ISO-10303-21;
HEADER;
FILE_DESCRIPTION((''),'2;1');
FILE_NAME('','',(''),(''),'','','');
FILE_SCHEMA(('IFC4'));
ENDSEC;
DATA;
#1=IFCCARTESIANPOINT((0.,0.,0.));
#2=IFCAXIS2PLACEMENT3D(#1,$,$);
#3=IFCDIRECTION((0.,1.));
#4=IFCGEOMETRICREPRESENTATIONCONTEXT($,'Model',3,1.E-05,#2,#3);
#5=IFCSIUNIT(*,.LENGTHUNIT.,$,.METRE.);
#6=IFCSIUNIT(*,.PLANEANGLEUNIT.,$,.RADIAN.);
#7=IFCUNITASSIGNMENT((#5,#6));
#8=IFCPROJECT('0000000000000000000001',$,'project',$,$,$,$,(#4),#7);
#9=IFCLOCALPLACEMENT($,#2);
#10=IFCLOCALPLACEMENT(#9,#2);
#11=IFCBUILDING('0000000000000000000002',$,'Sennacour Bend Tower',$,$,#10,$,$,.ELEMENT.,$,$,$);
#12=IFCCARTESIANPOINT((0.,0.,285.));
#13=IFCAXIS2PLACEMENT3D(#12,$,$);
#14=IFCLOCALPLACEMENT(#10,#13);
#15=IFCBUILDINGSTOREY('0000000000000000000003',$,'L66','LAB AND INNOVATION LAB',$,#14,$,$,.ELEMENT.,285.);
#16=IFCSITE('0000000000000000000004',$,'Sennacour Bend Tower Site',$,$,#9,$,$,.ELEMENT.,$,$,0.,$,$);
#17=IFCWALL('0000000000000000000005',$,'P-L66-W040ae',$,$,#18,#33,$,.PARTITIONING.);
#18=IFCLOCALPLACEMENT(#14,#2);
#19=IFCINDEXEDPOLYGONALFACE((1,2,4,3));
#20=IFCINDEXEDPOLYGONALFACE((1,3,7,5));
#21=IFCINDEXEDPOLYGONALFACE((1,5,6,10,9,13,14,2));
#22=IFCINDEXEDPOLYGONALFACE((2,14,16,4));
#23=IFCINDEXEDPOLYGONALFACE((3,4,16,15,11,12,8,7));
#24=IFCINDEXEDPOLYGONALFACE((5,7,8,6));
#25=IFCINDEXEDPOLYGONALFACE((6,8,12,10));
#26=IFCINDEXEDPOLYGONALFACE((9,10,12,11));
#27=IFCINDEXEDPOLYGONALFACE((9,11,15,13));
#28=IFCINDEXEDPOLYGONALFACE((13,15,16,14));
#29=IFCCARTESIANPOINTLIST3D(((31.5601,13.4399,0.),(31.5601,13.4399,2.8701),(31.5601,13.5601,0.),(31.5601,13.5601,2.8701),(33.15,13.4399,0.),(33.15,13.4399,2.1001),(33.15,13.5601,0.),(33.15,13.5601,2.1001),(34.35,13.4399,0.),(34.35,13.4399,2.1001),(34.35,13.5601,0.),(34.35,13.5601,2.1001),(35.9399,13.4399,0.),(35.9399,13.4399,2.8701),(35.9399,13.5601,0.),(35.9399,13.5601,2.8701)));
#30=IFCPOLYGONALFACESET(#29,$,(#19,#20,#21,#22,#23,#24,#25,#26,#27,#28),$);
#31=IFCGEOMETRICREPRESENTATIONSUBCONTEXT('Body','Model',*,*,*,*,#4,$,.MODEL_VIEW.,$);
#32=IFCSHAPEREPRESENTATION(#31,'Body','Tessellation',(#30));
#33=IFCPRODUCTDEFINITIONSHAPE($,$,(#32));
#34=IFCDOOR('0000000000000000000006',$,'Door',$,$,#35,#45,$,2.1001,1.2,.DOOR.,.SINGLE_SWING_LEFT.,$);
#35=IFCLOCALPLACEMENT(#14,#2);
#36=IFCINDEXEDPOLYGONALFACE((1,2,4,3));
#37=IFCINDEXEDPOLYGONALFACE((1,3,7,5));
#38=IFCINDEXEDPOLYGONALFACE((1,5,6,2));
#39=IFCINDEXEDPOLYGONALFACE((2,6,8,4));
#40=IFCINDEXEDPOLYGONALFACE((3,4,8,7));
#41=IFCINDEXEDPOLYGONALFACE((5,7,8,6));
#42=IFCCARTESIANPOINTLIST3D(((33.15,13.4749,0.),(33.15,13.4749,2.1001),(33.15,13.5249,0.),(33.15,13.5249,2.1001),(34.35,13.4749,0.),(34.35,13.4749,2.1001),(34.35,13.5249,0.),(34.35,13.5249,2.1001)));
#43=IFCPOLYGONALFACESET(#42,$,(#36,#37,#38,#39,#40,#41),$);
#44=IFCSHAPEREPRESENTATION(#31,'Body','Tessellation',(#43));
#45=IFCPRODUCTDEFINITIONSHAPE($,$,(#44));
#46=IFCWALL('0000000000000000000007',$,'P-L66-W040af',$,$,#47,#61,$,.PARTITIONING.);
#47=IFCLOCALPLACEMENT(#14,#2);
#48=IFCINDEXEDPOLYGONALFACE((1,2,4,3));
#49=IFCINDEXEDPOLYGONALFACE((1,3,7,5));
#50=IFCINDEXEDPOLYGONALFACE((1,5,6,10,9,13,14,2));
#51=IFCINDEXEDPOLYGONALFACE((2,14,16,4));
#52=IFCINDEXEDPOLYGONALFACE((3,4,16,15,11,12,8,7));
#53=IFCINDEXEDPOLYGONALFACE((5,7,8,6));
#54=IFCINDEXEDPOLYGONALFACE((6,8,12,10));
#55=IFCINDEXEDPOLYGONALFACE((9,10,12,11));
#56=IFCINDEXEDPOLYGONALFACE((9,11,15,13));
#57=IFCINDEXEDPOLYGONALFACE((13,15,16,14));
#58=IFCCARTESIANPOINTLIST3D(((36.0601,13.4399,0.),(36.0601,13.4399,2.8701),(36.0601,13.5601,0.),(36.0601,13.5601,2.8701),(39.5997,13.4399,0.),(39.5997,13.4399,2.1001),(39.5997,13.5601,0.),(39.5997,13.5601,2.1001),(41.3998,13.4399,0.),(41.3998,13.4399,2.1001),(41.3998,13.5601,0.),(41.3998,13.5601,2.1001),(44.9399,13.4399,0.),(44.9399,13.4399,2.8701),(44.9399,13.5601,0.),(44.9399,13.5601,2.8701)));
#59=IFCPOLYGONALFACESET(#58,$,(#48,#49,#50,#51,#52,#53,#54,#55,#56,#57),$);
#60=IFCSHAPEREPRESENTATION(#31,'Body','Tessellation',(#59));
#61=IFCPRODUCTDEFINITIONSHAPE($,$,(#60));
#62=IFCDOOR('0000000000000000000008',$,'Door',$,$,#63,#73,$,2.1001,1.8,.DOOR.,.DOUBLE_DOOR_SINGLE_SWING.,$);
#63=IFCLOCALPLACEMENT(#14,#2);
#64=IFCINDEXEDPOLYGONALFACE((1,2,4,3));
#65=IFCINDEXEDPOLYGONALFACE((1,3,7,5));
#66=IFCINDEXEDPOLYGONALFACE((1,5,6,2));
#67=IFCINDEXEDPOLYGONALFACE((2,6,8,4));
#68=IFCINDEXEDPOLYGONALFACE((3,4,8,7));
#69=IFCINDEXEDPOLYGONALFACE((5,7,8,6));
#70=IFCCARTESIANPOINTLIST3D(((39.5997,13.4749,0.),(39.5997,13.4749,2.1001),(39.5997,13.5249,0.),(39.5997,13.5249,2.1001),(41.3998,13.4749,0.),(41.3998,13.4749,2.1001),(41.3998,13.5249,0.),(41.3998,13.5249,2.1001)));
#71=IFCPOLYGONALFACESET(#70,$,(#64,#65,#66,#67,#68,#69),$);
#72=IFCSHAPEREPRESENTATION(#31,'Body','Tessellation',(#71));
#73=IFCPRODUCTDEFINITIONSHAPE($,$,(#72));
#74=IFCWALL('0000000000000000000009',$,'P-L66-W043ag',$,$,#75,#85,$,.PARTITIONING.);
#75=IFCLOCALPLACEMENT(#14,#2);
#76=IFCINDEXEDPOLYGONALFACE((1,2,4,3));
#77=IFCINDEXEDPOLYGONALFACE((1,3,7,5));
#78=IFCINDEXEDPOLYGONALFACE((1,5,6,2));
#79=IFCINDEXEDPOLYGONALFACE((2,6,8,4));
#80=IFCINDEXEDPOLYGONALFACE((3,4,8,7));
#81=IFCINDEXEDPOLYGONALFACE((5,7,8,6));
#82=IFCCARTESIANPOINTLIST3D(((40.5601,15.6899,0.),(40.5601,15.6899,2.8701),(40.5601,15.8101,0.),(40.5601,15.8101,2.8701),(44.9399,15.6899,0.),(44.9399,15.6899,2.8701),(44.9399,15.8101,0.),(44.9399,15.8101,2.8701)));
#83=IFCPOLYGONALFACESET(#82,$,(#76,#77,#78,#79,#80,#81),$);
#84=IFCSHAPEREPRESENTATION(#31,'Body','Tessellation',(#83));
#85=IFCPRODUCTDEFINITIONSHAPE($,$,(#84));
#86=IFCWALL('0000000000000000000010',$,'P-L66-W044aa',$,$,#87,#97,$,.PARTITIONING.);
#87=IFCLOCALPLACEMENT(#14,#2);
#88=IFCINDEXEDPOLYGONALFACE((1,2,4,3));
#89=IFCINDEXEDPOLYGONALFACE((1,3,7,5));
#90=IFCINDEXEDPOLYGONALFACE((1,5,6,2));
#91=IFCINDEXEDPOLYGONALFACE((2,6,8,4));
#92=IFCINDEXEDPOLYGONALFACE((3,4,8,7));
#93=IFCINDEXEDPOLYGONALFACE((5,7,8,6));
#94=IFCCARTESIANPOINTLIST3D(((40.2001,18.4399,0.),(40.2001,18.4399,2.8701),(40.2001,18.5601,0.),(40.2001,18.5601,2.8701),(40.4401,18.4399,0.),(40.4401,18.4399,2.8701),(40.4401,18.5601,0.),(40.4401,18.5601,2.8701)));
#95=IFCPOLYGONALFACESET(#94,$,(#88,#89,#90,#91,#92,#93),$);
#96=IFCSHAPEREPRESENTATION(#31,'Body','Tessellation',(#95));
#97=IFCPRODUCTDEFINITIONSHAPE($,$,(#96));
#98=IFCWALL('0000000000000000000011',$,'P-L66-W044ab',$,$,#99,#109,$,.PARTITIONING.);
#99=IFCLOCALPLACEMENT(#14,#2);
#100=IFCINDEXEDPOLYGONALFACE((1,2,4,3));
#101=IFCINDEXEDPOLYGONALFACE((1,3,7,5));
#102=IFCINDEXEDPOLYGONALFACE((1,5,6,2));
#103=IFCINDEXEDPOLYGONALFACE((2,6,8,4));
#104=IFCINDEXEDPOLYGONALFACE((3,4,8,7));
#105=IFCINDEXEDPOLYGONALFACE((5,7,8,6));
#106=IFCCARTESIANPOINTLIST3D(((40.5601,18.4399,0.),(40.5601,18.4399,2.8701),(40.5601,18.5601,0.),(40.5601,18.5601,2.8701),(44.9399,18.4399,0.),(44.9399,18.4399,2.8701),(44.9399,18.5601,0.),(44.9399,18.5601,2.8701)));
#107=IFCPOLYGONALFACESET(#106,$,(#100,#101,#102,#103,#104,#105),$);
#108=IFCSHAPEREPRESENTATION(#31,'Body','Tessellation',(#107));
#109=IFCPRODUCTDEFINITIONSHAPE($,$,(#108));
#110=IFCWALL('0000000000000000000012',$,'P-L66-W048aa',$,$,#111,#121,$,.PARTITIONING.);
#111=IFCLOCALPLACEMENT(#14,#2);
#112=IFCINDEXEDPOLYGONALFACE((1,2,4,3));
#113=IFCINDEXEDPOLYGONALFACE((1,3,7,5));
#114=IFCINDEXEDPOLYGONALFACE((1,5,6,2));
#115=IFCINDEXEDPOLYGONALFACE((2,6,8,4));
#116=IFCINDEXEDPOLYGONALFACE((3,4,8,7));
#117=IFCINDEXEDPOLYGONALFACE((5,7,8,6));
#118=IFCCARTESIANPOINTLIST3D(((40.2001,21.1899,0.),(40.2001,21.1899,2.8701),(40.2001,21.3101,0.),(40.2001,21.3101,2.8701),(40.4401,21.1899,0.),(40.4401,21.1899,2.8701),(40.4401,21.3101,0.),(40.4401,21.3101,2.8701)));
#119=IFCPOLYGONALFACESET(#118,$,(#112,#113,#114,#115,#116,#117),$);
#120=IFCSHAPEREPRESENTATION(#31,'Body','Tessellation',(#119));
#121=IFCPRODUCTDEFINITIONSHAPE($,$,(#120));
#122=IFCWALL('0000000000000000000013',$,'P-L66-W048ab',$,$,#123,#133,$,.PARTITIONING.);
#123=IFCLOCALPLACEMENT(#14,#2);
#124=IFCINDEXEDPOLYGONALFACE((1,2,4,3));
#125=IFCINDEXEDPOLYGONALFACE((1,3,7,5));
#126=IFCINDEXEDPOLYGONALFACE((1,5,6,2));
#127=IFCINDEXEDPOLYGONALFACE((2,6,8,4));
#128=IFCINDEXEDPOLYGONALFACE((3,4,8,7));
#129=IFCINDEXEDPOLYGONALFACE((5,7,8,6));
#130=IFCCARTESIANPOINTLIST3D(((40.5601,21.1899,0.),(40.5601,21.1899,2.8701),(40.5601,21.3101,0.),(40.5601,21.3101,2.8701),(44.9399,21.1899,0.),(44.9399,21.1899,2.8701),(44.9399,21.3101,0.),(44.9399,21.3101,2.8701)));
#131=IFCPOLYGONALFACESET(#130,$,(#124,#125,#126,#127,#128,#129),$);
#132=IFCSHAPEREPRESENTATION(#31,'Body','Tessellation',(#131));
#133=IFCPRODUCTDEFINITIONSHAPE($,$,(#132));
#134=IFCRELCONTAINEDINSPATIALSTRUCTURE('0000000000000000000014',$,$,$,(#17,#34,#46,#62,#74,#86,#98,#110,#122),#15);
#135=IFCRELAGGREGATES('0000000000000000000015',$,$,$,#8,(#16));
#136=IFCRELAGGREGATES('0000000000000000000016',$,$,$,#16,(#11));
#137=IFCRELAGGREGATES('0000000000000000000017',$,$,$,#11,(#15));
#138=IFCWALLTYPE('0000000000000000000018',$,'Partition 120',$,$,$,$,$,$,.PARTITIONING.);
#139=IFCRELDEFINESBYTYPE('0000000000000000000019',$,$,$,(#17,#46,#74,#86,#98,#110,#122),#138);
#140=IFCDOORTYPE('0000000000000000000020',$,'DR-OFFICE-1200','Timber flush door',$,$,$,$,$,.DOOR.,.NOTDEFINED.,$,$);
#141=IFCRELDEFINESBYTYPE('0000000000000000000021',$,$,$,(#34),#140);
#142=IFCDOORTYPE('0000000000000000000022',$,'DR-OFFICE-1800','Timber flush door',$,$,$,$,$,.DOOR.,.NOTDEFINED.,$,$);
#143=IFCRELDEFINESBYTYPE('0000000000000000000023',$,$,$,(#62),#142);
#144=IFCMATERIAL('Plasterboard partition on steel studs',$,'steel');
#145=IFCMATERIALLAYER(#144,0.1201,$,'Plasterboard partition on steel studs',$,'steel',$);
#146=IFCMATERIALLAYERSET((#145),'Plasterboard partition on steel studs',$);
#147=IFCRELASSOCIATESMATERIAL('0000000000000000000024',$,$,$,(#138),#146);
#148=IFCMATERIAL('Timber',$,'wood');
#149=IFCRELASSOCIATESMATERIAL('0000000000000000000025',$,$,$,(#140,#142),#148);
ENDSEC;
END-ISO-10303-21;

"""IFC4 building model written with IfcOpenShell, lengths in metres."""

from ifc_helpers import new_model, si_unit, direction, frame, frame_2d, origin, place, context, subcontext, project, spatial, rectangle, extrude, material, layer, layer_set, type_object, element, fill, save


model = new_model("IFC4")

# Units and contexts
model_context = context("Model", 3, precision=1e-05, world=origin(), true_north=direction((0.0, 1.0)))
body_context = subcontext(model_context, "Body", "Model", "MODEL_VIEW")
ifc_project = project(units=[si_unit("LENGTHUNIT", "METRE"), si_unit("PLANEANGLEUNIT", "RADIAN")], contexts=[model_context])

# Site, building, storey
site_placement = place(None, origin())
site = spatial("IfcSite", under=ifc_project, at=site_placement, Name="Sennacour Bend Tower Site", CompositionType="ELEMENT", RefElevation=0.0)
building_placement = place(site_placement, origin())
building = spatial("IfcBuilding", under=site, at=building_placement, Name="Sennacour Bend Tower", CompositionType="ELEMENT")
storey_placement = place(building_placement, frame((0.0, 0.0, 285.0)))
storey = spatial("IfcBuildingStorey", under=building, at=storey_placement, Name="L66", Description="LAB AND INNOVATION LAB", CompositionType="ELEMENT", Elevation=285.0)

# Shared definitions
ifc_material_1 = material(Name="Plasterboard partition on steel studs", Category="steel")
ifc_layer_1 = layer(ifc_material_1, 0.1201, Name="Plasterboard partition on steel studs", Category="steel")
ifc_layer_set_1 = layer_set([ifc_layer_1], Name="Plasterboard partition on steel studs")
wall_type_1 = type_object("IfcWallType", Name="Partition 120", PredefinedType="PARTITIONING", material=ifc_layer_set_1)

# Walls, openings, doors
wall_1_placement = place(storey_placement, frame((31.5601, 13.5, 0.0), z_axis=(0.0, 0.0, 1.0), x_axis=(1.0, 0.0, 0.0)))
wall_1 = element("IfcWall", 1, at=wall_1_placement, inside=storey, type_object=wall_type_1, Name="P-L66-W040ae", PredefinedType="PARTITIONING", context=body_context, shape_type="SweptSolid", body=[
    extrude(rectangle(XDim=4.3799, YDim=0.1201, at=frame_2d((2.1899, 0.0))), origin(), (0.0, 0.0, 1.0), 2.8701),
])
opening_1_placement = place(wall_1_placement, frame((1.5898, 0.0, 0.0)))
opening_1 = element("IfcOpeningElement", 2, at=opening_1_placement, cuts=wall_1, PredefinedType="OPENING", context=body_context, shape_type="SweptSolid", body=[
    extrude(rectangle(XDim=1.2, YDim=2.1001, at=frame_2d((0.6001, 1.05))), frame((0.0, 0.0701, 0.0), z_axis=(0.0, -1.0, 0.0), x_axis=(1.0, 0.0, 0.0)), (0.0, 0.0, 1.0), 0.1401),
])
ifc_material_2 = material(Name="Timber", Category="wood")
door_type_1 = type_object("IfcDoorType", Name="DR-OFFICE-1200", Description="Timber flush door", OperationType="NOTDEFINED", PredefinedType="DOOR", material=ifc_material_2)
door_1_placement = place(opening_1_placement, origin())
door_1 = element("IfcDoor", 3, at=door_1_placement, inside=storey, type_object=door_type_1, Name="Door", OperationType="SINGLE_SWING_LEFT", OverallHeight=2.1001, OverallWidth=1.2, PredefinedType="DOOR", context=body_context, shape_type="SweptSolid", body=[
    extrude(rectangle(XDim=1.2, YDim=2.1001, at=frame_2d((0.6001, 1.05))), frame((0.0, 0.0249, 0.0), z_axis=(0.0, -1.0, 0.0), x_axis=(1.0, 0.0, 0.0)), (0.0, 0.0, 1.0), 0.05),
])
fill(opening_1, door_1)
wall_2_placement = place(storey_placement, frame((36.0601, 13.5, 0.0), z_axis=(0.0, 0.0, 1.0), x_axis=(1.0, 0.0, 0.0)))
wall_2 = element("IfcWall", 4, at=wall_2_placement, inside=storey, type_object=wall_type_1, Name="P-L66-W040af", PredefinedType="PARTITIONING", context=body_context, shape_type="SweptSolid", body=[
    extrude(rectangle(XDim=8.8799, YDim=0.1201, at=frame_2d((4.4399, 0.0))), origin(), (0.0, 0.0, 1.0), 2.8701),
])
opening_2_placement = place(wall_2_placement, frame((3.5398, 0.0, 0.0)))
opening_2 = element("IfcOpeningElement", 5, at=opening_2_placement, cuts=wall_2, PredefinedType="OPENING", context=body_context, shape_type="SweptSolid", body=[
    extrude(rectangle(XDim=1.8, YDim=2.1001, at=frame_2d((0.8999, 1.05))), frame((0.0, 0.0701, 0.0), z_axis=(0.0, -1.0, 0.0), x_axis=(1.0, 0.0, 0.0)), (0.0, 0.0, 1.0), 0.1401),
])
door_type_2 = type_object("IfcDoorType", Name="DR-OFFICE-1800", Description="Timber flush door", OperationType="NOTDEFINED", PredefinedType="DOOR", material=ifc_material_2)
door_2_placement = place(opening_2_placement, origin())
door_2 = element("IfcDoor", 6, at=door_2_placement, inside=storey, type_object=door_type_2, Name="Door", OperationType="DOUBLE_DOOR_SINGLE_SWING", OverallHeight=2.1001, OverallWidth=1.8, PredefinedType="DOOR", context=body_context, shape_type="SweptSolid", body=[
    extrude(rectangle(XDim=1.8, YDim=2.1001, at=frame_2d((0.8999, 1.05))), frame((0.0, 0.0249, 0.0), z_axis=(0.0, -1.0, 0.0), x_axis=(1.0, 0.0, 0.0)), (0.0, 0.0, 1.0), 0.05),
])
fill(opening_2, door_2)

# Walls
wall_3_placement = place(storey_placement, frame((40.5601, 15.75, 0.0), z_axis=(0.0, 0.0, 1.0), x_axis=(1.0, 0.0, 0.0)))
element("IfcWall", 7, at=wall_3_placement, inside=storey, type_object=wall_type_1, Name="P-L66-W043ag", PredefinedType="PARTITIONING", context=body_context, shape_type="SweptSolid", body=[
    extrude(rectangle(XDim=4.3799, YDim=0.1201, at=frame_2d((2.1899, 0.0))), origin(), (0.0, 0.0, 1.0), 2.8701),
])
wall_4_placement = place(storey_placement, frame((40.2, 18.5, 0.0), z_axis=(0.0, 0.0, 1.0), x_axis=(1.0, 0.0, 0.0)))
element("IfcWall", 8, at=wall_4_placement, inside=storey, type_object=wall_type_1, Name="P-L66-W044aa", PredefinedType="PARTITIONING", context=body_context, shape_type="SweptSolid", body=[
    extrude(rectangle(XDim=0.24, YDim=0.1201, at=frame_2d((0.1201, 0.0))), origin(), (0.0, 0.0, 1.0), 2.8701),
])
wall_5_placement = place(storey_placement, frame((40.5601, 18.5, 0.0), z_axis=(0.0, 0.0, 1.0), x_axis=(1.0, 0.0, 0.0)))
element("IfcWall", 9, at=wall_5_placement, inside=storey, type_object=wall_type_1, Name="P-L66-W044ab", PredefinedType="PARTITIONING", context=body_context, shape_type="SweptSolid", body=[
    extrude(rectangle(XDim=4.3799, YDim=0.1201, at=frame_2d((2.1899, 0.0))), origin(), (0.0, 0.0, 1.0), 2.8701),
])
wall_6_placement = place(storey_placement, frame((40.2, 21.25, 0.0), z_axis=(0.0, 0.0, 1.0), x_axis=(1.0, 0.0, 0.0)))
element("IfcWall", 10, at=wall_6_placement, inside=storey, type_object=wall_type_1, Name="P-L66-W048aa", PredefinedType="PARTITIONING", context=body_context, shape_type="SweptSolid", body=[
    extrude(rectangle(XDim=0.24, YDim=0.1201, at=frame_2d((0.1201, 0.0))), origin(), (0.0, 0.0, 1.0), 2.8701),
])
wall_7_placement = place(storey_placement, frame((40.5601, 21.25, 0.0), z_axis=(0.0, 0.0, 1.0), x_axis=(1.0, 0.0, 0.0)))
element("IfcWall", 11, at=wall_7_placement, inside=storey, type_object=wall_type_1, Name="P-L66-W048ab", PredefinedType="PARTITIONING", context=body_context, shape_type="SweptSolid", body=[
    extrude(rectangle(XDim=4.3799, YDim=0.1201, at=frame_2d((2.1899, 0.0))), origin(), (0.0, 0.0, 1.0), 2.8701),
])

save(model, "model.ifc")
